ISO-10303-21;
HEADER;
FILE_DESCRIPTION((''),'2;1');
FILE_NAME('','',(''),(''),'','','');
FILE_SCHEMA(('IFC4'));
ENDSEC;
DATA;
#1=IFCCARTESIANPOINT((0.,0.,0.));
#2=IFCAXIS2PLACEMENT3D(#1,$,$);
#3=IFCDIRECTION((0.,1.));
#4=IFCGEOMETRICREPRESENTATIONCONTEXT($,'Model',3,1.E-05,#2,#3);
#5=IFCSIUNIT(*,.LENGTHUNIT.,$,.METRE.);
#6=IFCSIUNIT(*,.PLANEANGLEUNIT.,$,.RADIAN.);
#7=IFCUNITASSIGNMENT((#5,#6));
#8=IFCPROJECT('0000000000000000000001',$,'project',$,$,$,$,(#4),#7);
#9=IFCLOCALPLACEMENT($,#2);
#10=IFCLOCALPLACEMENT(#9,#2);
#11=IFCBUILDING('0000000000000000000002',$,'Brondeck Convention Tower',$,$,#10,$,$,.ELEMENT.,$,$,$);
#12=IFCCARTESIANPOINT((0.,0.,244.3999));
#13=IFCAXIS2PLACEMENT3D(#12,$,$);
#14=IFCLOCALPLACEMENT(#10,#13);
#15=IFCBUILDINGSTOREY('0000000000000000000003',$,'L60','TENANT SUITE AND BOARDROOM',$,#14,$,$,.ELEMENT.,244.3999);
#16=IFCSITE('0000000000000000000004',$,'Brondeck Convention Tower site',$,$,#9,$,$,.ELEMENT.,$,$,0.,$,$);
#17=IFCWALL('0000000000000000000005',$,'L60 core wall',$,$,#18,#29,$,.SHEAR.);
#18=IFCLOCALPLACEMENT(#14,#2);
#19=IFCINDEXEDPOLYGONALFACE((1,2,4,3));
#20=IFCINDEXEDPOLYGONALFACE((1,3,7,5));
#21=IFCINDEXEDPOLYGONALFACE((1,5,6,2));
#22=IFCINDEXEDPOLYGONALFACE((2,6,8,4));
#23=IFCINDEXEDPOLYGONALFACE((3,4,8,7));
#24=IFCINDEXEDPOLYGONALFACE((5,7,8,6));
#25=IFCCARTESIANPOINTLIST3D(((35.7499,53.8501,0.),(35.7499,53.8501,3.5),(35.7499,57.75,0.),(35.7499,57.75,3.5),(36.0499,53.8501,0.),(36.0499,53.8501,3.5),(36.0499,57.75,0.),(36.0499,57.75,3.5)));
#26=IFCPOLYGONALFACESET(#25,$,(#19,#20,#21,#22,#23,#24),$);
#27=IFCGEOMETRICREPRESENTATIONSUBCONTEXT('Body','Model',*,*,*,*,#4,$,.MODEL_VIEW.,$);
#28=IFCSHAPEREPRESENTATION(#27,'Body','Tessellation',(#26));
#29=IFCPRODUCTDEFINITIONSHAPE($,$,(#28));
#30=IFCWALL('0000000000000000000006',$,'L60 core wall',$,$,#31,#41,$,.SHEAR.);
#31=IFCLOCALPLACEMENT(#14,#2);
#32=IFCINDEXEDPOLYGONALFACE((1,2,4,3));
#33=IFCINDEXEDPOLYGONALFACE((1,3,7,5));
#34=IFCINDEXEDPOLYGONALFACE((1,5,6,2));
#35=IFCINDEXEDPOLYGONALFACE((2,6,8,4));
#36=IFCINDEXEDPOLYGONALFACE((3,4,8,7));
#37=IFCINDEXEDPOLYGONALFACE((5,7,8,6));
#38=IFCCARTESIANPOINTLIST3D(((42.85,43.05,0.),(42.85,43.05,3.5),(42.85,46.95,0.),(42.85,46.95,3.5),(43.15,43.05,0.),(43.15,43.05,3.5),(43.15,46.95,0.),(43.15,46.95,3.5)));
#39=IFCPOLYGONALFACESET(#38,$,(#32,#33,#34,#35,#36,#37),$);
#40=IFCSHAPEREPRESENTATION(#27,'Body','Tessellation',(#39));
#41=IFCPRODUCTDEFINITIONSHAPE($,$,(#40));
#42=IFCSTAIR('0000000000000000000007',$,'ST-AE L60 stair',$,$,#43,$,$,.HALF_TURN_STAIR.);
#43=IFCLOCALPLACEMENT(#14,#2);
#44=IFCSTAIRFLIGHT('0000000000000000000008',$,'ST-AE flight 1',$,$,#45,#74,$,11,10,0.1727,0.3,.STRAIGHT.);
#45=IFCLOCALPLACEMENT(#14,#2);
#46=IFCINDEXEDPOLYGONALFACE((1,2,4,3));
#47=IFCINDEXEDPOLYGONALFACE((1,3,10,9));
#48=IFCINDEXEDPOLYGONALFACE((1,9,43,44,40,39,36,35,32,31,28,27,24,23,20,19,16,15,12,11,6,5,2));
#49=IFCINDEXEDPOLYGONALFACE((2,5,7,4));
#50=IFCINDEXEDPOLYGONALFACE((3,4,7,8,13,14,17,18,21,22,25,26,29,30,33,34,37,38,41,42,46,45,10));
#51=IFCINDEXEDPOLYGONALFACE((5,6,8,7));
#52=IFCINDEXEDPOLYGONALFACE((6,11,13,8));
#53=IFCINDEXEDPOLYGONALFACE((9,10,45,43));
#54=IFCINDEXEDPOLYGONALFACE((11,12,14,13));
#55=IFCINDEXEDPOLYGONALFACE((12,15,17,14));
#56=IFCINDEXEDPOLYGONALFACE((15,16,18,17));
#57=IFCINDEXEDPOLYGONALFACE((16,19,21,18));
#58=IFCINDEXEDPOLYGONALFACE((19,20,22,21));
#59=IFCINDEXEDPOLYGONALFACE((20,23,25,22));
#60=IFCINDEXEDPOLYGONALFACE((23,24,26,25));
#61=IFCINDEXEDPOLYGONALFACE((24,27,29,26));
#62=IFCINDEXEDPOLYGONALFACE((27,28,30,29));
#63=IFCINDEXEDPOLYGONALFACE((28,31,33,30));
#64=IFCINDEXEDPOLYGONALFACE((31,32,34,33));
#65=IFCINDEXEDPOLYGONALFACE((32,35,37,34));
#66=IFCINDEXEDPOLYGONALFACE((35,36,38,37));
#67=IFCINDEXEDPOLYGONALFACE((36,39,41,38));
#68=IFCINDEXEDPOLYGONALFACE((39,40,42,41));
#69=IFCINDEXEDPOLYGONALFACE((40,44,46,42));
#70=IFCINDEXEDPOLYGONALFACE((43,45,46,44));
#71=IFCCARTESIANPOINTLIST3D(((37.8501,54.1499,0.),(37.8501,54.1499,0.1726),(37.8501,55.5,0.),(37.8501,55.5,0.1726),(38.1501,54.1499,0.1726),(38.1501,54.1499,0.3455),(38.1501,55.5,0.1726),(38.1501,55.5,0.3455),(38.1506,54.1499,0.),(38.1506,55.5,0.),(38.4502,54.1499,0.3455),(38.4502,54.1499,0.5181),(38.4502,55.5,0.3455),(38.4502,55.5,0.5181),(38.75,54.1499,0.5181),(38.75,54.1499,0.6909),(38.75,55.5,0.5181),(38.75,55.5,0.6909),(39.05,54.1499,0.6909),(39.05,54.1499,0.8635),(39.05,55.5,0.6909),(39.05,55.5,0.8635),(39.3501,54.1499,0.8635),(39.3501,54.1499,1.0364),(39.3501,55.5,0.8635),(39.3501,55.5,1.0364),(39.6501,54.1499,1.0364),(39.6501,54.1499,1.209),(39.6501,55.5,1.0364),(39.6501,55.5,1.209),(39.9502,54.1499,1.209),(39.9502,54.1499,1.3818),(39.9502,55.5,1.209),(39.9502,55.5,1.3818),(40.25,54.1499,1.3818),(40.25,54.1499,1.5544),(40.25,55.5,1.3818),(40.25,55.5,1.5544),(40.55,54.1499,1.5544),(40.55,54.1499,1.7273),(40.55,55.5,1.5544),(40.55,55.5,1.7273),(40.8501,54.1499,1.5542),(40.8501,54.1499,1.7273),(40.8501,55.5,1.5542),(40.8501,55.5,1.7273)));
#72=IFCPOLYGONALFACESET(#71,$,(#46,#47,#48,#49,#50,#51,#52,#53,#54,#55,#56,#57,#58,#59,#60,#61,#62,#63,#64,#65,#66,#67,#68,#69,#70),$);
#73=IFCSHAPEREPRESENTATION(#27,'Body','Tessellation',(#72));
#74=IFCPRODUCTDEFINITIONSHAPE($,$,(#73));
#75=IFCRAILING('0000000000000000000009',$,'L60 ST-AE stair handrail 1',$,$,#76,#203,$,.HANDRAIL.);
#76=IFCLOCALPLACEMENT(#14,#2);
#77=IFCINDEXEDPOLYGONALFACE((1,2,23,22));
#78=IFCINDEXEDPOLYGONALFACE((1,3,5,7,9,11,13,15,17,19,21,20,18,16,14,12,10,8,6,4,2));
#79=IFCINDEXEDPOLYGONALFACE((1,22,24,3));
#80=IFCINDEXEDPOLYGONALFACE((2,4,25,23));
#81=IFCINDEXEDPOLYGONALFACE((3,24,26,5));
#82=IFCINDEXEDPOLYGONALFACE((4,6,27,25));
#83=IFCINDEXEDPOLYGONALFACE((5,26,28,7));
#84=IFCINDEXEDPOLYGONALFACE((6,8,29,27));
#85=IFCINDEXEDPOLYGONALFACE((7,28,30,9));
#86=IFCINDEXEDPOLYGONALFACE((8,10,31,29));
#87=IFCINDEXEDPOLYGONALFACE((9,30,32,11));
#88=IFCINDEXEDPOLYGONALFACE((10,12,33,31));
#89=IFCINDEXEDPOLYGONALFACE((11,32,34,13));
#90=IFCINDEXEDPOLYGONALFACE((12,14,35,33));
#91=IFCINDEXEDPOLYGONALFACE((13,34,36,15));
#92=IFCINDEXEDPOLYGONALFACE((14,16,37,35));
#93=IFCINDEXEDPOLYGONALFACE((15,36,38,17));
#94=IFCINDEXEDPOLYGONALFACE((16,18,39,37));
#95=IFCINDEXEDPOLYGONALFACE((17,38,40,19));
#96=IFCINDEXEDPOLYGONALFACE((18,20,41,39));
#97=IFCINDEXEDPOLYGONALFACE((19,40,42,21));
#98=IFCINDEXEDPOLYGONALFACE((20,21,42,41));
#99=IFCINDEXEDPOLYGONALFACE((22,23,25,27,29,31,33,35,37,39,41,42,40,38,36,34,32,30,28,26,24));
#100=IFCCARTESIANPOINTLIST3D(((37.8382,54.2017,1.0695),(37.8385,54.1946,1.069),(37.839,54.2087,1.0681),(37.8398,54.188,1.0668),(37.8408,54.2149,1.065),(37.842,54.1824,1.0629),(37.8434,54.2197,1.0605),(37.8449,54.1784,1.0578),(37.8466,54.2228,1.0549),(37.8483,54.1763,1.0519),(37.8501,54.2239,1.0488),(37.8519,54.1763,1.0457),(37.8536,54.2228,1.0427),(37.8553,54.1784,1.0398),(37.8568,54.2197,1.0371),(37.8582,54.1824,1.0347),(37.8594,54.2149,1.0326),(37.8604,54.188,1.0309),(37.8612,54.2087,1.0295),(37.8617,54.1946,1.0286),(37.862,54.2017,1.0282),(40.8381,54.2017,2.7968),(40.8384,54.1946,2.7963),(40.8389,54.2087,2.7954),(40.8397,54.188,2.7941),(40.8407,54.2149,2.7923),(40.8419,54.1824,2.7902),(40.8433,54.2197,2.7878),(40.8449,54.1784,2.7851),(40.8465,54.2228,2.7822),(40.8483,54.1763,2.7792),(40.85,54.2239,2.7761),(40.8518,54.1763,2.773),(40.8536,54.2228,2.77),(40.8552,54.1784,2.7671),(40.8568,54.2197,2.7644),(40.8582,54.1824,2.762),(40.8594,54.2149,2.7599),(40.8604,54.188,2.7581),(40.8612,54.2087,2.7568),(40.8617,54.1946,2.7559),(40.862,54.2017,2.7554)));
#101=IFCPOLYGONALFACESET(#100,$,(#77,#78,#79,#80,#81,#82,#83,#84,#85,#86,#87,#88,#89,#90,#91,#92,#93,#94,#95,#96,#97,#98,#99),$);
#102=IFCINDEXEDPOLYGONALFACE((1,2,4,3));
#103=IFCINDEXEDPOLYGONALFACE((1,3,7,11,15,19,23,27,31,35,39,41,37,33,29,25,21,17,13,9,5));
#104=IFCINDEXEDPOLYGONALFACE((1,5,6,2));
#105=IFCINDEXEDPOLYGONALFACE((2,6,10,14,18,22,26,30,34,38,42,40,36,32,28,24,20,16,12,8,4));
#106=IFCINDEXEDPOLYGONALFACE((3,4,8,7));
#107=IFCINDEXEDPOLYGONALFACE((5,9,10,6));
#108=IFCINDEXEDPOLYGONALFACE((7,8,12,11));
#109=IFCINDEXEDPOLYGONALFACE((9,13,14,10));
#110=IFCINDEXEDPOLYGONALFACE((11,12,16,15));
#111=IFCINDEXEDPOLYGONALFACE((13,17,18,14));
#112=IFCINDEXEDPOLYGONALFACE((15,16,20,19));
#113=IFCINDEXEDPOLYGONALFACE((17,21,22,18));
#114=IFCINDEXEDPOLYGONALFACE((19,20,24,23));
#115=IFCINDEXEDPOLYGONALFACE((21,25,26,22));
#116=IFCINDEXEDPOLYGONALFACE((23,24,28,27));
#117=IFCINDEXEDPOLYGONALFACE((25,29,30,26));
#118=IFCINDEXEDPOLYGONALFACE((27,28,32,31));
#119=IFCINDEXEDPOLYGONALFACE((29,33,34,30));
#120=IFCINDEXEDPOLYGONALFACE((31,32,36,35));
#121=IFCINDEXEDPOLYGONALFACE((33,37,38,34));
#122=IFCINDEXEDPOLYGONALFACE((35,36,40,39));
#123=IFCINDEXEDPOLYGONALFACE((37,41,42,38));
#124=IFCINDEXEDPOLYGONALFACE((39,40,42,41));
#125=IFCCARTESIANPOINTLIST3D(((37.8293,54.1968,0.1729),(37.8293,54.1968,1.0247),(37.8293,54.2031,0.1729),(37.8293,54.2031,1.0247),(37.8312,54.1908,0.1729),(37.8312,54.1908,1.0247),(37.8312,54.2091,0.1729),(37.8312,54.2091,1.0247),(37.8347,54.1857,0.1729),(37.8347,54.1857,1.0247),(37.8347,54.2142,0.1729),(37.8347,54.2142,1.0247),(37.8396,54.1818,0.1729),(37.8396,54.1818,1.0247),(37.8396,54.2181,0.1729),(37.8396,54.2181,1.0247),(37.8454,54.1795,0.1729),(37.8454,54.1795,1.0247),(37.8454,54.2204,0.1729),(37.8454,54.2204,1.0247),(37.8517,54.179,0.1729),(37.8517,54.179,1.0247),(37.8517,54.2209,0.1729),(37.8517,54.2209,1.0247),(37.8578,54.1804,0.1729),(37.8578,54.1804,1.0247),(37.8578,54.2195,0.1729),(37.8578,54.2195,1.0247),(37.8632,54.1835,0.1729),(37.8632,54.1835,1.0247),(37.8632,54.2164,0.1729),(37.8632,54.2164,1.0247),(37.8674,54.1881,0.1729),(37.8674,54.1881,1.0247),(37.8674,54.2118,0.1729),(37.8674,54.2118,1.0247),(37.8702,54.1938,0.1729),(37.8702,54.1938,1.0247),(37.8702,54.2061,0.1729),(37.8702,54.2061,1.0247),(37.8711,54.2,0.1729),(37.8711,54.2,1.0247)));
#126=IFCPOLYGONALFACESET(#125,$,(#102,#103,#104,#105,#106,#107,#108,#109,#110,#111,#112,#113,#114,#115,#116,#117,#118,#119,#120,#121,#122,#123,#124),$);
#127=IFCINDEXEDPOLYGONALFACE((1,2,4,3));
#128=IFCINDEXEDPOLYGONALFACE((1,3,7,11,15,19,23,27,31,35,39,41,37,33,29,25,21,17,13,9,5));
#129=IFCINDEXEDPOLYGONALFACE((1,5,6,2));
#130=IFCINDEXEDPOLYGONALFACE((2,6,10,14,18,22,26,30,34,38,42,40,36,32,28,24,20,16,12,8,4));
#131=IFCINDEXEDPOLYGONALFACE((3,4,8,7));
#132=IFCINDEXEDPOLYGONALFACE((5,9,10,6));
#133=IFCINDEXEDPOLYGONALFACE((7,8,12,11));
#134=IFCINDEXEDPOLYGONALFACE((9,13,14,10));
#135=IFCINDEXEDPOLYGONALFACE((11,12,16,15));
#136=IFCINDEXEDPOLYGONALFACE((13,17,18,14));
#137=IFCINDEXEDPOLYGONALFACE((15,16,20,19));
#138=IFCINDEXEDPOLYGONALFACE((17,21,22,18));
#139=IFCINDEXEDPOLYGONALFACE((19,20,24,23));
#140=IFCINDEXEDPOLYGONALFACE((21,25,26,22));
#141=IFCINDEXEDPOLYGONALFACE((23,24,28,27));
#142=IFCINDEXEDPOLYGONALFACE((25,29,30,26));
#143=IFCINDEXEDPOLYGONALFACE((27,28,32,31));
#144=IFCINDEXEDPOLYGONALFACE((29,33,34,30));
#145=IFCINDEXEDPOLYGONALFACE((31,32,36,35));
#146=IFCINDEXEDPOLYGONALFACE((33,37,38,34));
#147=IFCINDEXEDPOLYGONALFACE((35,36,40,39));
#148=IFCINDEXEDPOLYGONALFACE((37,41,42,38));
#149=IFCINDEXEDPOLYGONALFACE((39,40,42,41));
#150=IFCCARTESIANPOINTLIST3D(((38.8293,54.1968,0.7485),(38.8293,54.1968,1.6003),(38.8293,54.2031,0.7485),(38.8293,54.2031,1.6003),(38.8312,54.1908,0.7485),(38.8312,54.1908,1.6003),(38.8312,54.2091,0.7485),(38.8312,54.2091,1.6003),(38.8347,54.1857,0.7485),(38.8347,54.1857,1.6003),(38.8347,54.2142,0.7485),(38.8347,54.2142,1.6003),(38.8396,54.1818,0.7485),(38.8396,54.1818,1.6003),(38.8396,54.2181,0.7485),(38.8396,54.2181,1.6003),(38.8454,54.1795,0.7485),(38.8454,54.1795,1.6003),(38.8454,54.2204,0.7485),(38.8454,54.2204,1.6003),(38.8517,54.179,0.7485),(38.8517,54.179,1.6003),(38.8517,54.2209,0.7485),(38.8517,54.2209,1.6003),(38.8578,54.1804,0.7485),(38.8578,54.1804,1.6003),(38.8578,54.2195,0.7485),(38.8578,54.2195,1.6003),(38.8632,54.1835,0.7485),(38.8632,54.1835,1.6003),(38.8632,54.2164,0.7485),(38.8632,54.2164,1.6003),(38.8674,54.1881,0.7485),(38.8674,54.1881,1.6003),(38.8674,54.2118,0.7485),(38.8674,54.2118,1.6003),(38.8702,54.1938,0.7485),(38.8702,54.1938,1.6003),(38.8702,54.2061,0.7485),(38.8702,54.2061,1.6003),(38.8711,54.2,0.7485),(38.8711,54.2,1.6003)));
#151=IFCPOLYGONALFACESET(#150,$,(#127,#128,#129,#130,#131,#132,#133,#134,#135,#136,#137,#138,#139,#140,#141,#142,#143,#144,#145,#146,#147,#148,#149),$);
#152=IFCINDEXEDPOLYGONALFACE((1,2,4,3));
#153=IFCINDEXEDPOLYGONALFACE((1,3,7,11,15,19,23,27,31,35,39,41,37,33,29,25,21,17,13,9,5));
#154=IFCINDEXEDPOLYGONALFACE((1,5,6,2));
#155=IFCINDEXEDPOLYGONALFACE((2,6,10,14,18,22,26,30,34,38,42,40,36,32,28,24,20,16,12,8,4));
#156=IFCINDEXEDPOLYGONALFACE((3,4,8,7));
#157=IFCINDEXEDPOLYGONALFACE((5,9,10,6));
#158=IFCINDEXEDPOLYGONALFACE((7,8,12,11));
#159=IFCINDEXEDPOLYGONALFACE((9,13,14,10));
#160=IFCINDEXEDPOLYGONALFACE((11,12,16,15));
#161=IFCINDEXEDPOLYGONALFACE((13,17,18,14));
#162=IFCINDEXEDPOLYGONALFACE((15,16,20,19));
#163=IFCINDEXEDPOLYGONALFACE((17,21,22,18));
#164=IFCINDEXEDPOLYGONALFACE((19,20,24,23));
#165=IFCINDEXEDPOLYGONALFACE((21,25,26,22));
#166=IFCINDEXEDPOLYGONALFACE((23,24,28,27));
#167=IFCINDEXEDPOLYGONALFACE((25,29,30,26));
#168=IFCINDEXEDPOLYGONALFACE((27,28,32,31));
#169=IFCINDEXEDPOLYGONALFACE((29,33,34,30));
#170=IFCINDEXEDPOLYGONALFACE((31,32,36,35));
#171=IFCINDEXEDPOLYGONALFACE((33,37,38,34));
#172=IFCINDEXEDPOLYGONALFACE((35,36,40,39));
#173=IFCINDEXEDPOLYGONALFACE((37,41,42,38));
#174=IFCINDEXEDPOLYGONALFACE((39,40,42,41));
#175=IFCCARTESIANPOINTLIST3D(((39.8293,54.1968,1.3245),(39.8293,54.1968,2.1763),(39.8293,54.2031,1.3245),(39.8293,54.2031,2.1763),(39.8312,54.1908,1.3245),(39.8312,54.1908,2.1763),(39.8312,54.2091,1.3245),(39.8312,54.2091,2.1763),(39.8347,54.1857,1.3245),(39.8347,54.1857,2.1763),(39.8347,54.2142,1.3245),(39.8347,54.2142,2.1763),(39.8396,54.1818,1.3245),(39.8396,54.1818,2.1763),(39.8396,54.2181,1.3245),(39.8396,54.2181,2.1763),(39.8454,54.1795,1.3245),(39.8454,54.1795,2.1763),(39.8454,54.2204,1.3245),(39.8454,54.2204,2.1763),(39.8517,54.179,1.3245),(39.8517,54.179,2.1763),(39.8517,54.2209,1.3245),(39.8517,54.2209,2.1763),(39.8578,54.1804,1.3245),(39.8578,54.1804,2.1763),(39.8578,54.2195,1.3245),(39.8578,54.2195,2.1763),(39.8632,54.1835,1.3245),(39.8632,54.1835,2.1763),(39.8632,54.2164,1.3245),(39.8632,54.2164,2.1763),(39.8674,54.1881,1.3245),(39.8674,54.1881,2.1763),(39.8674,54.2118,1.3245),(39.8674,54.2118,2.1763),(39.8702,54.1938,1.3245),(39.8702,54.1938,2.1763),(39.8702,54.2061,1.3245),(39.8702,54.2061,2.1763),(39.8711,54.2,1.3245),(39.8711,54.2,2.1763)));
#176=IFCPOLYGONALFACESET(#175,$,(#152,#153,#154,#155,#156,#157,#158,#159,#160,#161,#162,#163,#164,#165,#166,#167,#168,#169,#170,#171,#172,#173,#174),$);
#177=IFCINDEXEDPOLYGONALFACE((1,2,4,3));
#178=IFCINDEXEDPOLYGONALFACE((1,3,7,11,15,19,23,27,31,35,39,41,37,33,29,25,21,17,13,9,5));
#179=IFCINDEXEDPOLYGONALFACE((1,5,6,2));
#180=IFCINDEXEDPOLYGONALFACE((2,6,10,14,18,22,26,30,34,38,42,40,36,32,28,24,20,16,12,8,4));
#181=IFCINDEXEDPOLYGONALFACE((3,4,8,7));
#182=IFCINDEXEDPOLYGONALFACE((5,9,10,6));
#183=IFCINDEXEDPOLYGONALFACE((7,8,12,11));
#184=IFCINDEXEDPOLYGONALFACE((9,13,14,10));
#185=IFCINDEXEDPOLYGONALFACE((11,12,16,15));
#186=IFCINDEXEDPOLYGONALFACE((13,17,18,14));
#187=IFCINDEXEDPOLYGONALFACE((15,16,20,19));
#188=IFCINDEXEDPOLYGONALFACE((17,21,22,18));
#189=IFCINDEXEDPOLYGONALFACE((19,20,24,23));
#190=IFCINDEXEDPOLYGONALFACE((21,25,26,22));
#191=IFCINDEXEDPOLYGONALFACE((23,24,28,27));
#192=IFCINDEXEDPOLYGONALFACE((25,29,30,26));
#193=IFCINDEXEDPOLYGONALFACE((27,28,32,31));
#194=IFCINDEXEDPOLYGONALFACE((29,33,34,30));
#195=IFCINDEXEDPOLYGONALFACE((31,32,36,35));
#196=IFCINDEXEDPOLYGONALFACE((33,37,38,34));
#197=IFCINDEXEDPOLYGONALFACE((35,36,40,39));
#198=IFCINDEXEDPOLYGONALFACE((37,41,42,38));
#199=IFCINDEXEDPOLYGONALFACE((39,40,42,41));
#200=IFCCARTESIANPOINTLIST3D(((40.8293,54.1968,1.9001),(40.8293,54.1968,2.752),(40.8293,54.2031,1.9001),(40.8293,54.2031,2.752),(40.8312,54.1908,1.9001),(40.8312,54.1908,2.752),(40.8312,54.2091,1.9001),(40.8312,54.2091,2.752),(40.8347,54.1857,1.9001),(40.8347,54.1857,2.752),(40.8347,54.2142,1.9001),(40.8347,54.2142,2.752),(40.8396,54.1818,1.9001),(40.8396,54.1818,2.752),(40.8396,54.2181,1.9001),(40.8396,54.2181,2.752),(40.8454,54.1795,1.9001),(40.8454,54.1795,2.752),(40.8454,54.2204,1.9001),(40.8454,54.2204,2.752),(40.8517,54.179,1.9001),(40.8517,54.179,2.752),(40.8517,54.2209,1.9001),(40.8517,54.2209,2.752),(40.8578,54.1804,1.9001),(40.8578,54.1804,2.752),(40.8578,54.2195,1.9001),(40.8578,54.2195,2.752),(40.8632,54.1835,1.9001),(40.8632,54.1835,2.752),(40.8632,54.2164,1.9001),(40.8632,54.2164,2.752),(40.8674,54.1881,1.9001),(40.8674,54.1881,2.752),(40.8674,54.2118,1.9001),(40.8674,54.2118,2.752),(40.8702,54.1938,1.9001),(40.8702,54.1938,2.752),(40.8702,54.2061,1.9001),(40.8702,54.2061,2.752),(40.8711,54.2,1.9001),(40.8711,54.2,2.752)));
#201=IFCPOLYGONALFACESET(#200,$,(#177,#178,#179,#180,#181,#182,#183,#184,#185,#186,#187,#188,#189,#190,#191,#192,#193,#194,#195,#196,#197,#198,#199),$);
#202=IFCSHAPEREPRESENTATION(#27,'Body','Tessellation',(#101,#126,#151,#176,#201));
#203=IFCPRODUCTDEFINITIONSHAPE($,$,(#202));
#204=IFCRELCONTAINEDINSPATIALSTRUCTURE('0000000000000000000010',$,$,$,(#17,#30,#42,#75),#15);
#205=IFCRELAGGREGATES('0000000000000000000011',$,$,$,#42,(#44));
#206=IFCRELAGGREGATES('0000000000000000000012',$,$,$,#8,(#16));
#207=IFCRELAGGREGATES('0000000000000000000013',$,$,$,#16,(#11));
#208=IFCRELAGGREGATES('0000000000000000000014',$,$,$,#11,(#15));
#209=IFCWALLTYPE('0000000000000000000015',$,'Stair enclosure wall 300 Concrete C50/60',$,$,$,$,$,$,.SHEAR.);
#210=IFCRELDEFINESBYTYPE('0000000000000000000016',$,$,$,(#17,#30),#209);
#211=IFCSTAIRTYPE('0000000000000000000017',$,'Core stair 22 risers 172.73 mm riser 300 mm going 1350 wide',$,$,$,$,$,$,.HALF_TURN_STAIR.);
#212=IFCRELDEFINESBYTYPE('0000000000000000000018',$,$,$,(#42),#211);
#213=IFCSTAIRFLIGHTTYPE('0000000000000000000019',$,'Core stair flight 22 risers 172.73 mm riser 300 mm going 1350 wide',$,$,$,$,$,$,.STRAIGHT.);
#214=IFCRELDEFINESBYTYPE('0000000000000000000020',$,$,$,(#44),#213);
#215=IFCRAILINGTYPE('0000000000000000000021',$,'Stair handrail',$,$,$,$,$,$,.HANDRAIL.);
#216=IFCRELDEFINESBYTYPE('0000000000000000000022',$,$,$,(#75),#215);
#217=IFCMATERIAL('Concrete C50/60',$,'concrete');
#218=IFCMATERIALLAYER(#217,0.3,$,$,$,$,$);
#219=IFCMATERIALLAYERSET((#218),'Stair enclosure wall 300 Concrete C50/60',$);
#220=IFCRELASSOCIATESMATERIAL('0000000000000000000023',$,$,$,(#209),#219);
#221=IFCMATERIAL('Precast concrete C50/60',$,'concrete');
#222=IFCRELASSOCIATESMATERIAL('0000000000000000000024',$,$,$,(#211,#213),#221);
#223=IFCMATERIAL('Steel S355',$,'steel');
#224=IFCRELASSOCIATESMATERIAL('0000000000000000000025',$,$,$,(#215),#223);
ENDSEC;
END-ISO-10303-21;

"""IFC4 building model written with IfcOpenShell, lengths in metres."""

from ifc_helpers import new_model, si_unit, direction, frame, frame_2d, origin, origin_2d, place, context, subcontext, project, spatial, polyline, rectangle, circle, outline, extrude, material, layer, layer_set, type_object, element, aggregate, save


model = new_model("IFC4")

# Units and contexts
model_context = context("Model", 3, precision=1e-05, world=origin(), true_north=direction((0.0, 1.0)))
body_context = subcontext(model_context, "Body", "Model", "MODEL_VIEW")
ifc_project = project(units=[si_unit("LENGTHUNIT", "METRE"), si_unit("PLANEANGLEUNIT", "RADIAN")], contexts=[model_context])

# Site, building, storey
site_placement = place(None, origin())
site = spatial("IfcSite", under=ifc_project, at=site_placement, Name="Brondeck Convention Tower site", CompositionType="ELEMENT", RefElevation=0.0)
building_placement = place(site_placement, origin())
building = spatial("IfcBuilding", under=site, at=building_placement, Name="Brondeck Convention Tower", CompositionType="ELEMENT")
storey_placement = place(building_placement, frame((0.0, 0.0, 244.3999)))
storey = spatial("IfcBuildingStorey", under=building, at=storey_placement, Name="L60", Description="TENANT SUITE AND BOARDROOM", CompositionType="ELEMENT", Elevation=244.3999)

# Shared definitions
ifc_material_1 = material(Name="Concrete C50/60", Category="concrete")

# Shared definitions
ifc_material_2 = material(Name="Steel S355", Category="steel")

# Shared definitions
ifc_layer_1 = layer(ifc_material_1, 0.3)
ifc_layer_set_1 = layer_set([ifc_layer_1], Name="Stair enclosure wall 300 Concrete C50/60")
wall_type_1 = type_object("IfcWallType", Name="Stair enclosure wall 300 Concrete C50/60", PredefinedType="SHEAR", material=ifc_layer_set_1)

# Walls
for number, where, z_axis, x_axis, name in (
    (1, (35.8999, 53.8501, 0.0), (0.0, 0.0, 1.0), (0.0, 1.0, 0.0), "L60 core wall"),
    (2, (43.0, 43.05, 0.0), (0.0, 0.0, 1.0), (0.0, 1.0, 0.0), "L60 core wall"),
):
    element("IfcWall", number, at=place(storey_placement, frame(where, z_axis=z_axis, x_axis=x_axis)), inside=storey, type_object=wall_type_1, Name=name, PredefinedType="SHEAR", context=body_context, shape_type="SweptSolid", body=[
        extrude(rectangle(XDim=3.8999, YDim=0.3, at=frame_2d((1.95, 0.0))), origin(), (0.0, 0.0, 1.0), 3.5),
    ])

# Stair, stair flight
ifc_material_3 = material(Name="Precast concrete C50/60", Category="concrete")
stair_type = type_object("IfcStairType", Name="Core stair 22 risers 172.73 mm riser 300 mm going 1350 wide", PredefinedType="HALF_TURN_STAIR", material=ifc_material_3)
stair_placement = place(storey_placement, origin())
stair = element("IfcStair", 3, at=stair_placement, inside=storey, type_object=stair_type, Name="ST-AE L60 stair", PredefinedType="HALF_TURN_STAIR")
stair_flight_type = type_object("IfcStairFlightType", Name="Core stair flight 22 risers 172.73 mm riser 300 mm going 1350 wide", PredefinedType="STRAIGHT", material=ifc_material_3)
stair_flight_placement = place(storey_placement, frame((37.8501, 54.825, 0.0), z_axis=(0.0, 0.0, 1.0), x_axis=(1.0, 0.0, 0.0)))
stair_flight = element("IfcStairFlight", 4, at=stair_flight_placement, type_object=stair_flight_type, Name="ST-AE flight 1", NumberOfRisers=11, NumberOfTreads=10, PredefinedType="STRAIGHT", RiserHeight=0.1727, TreadLength=0.3, context=body_context, shape_type="SweptSolid", body=[
    extrude(outline(polyline([(0.0, 0.0), (0.0, 0.1726), (0.3, 0.1726), (0.3, 0.3455), (0.6001, 0.3455), (0.6001, 0.5181), (0.8999, 0.5181), (0.8999, 0.6909), (1.2, 0.6909), (1.2, 0.8635), (1.5, 0.8635), (1.5, 1.0364), (1.8, 1.0364), (1.8, 1.209), (2.1001, 1.209), (2.1001, 1.3818), (2.3999, 1.3818), (2.3999, 1.5544), (2.7, 1.5544), (2.7, 1.7273), (3.0, 1.7273), (3.0, 1.8999), (3.0, 1.5542), (0.3005, 0.0), (0.0, 0.0)])), frame((0.0, 0.675, 0.0), z_axis=(0.0, -1.0, 0.0), x_axis=(1.0, 0.0, 0.0)), (0.0, 0.0, 1.0), 1.3501),
])
aggregate(stair, [stair_flight])

# Railing
railing_type = type_object("IfcRailingType", Name="Stair handrail", PredefinedType="HANDRAIL", material=ifc_material_2)
railing_placement = place(storey_placement, frame((37.8501, 54.2, 0.1729)))
element("IfcRailing", 5, at=railing_placement, inside=storey, type_object=railing_type, Name="L60 ST-AE stair handrail 1", PredefinedType="HANDRAIL", context=body_context, shape_type="SweptSolid", body=[
    extrude(circle(Radius=0.0239, at=origin_2d()), frame((0.0, 0.0, 0.876), z_axis=(0.86662, 0.0, 0.498969), x_axis=(0.0, 1.0, 0.0)), (0.0, 0.0, 1.0), 3.4617),
    extrude(circle(Radius=0.021, at=origin_2d()), origin(), (0.0, 0.0, 1.0), 0.8518),
    extrude(circle(Radius=0.021, at=origin_2d()), frame((1.0, 0.0, 0.5757)), (0.0, 0.0, 1.0), 0.8518),
    extrude(circle(Radius=0.021, at=origin_2d()), frame((2.0, 0.0, 1.1516)), (0.0, 0.0, 1.0), 0.8518),
    extrude(circle(Radius=0.021, at=origin_2d()), frame((3.0, 0.0, 1.7273)), (0.0, 0.0, 1.0), 0.8518),
])

save(model, "model.ifc")
